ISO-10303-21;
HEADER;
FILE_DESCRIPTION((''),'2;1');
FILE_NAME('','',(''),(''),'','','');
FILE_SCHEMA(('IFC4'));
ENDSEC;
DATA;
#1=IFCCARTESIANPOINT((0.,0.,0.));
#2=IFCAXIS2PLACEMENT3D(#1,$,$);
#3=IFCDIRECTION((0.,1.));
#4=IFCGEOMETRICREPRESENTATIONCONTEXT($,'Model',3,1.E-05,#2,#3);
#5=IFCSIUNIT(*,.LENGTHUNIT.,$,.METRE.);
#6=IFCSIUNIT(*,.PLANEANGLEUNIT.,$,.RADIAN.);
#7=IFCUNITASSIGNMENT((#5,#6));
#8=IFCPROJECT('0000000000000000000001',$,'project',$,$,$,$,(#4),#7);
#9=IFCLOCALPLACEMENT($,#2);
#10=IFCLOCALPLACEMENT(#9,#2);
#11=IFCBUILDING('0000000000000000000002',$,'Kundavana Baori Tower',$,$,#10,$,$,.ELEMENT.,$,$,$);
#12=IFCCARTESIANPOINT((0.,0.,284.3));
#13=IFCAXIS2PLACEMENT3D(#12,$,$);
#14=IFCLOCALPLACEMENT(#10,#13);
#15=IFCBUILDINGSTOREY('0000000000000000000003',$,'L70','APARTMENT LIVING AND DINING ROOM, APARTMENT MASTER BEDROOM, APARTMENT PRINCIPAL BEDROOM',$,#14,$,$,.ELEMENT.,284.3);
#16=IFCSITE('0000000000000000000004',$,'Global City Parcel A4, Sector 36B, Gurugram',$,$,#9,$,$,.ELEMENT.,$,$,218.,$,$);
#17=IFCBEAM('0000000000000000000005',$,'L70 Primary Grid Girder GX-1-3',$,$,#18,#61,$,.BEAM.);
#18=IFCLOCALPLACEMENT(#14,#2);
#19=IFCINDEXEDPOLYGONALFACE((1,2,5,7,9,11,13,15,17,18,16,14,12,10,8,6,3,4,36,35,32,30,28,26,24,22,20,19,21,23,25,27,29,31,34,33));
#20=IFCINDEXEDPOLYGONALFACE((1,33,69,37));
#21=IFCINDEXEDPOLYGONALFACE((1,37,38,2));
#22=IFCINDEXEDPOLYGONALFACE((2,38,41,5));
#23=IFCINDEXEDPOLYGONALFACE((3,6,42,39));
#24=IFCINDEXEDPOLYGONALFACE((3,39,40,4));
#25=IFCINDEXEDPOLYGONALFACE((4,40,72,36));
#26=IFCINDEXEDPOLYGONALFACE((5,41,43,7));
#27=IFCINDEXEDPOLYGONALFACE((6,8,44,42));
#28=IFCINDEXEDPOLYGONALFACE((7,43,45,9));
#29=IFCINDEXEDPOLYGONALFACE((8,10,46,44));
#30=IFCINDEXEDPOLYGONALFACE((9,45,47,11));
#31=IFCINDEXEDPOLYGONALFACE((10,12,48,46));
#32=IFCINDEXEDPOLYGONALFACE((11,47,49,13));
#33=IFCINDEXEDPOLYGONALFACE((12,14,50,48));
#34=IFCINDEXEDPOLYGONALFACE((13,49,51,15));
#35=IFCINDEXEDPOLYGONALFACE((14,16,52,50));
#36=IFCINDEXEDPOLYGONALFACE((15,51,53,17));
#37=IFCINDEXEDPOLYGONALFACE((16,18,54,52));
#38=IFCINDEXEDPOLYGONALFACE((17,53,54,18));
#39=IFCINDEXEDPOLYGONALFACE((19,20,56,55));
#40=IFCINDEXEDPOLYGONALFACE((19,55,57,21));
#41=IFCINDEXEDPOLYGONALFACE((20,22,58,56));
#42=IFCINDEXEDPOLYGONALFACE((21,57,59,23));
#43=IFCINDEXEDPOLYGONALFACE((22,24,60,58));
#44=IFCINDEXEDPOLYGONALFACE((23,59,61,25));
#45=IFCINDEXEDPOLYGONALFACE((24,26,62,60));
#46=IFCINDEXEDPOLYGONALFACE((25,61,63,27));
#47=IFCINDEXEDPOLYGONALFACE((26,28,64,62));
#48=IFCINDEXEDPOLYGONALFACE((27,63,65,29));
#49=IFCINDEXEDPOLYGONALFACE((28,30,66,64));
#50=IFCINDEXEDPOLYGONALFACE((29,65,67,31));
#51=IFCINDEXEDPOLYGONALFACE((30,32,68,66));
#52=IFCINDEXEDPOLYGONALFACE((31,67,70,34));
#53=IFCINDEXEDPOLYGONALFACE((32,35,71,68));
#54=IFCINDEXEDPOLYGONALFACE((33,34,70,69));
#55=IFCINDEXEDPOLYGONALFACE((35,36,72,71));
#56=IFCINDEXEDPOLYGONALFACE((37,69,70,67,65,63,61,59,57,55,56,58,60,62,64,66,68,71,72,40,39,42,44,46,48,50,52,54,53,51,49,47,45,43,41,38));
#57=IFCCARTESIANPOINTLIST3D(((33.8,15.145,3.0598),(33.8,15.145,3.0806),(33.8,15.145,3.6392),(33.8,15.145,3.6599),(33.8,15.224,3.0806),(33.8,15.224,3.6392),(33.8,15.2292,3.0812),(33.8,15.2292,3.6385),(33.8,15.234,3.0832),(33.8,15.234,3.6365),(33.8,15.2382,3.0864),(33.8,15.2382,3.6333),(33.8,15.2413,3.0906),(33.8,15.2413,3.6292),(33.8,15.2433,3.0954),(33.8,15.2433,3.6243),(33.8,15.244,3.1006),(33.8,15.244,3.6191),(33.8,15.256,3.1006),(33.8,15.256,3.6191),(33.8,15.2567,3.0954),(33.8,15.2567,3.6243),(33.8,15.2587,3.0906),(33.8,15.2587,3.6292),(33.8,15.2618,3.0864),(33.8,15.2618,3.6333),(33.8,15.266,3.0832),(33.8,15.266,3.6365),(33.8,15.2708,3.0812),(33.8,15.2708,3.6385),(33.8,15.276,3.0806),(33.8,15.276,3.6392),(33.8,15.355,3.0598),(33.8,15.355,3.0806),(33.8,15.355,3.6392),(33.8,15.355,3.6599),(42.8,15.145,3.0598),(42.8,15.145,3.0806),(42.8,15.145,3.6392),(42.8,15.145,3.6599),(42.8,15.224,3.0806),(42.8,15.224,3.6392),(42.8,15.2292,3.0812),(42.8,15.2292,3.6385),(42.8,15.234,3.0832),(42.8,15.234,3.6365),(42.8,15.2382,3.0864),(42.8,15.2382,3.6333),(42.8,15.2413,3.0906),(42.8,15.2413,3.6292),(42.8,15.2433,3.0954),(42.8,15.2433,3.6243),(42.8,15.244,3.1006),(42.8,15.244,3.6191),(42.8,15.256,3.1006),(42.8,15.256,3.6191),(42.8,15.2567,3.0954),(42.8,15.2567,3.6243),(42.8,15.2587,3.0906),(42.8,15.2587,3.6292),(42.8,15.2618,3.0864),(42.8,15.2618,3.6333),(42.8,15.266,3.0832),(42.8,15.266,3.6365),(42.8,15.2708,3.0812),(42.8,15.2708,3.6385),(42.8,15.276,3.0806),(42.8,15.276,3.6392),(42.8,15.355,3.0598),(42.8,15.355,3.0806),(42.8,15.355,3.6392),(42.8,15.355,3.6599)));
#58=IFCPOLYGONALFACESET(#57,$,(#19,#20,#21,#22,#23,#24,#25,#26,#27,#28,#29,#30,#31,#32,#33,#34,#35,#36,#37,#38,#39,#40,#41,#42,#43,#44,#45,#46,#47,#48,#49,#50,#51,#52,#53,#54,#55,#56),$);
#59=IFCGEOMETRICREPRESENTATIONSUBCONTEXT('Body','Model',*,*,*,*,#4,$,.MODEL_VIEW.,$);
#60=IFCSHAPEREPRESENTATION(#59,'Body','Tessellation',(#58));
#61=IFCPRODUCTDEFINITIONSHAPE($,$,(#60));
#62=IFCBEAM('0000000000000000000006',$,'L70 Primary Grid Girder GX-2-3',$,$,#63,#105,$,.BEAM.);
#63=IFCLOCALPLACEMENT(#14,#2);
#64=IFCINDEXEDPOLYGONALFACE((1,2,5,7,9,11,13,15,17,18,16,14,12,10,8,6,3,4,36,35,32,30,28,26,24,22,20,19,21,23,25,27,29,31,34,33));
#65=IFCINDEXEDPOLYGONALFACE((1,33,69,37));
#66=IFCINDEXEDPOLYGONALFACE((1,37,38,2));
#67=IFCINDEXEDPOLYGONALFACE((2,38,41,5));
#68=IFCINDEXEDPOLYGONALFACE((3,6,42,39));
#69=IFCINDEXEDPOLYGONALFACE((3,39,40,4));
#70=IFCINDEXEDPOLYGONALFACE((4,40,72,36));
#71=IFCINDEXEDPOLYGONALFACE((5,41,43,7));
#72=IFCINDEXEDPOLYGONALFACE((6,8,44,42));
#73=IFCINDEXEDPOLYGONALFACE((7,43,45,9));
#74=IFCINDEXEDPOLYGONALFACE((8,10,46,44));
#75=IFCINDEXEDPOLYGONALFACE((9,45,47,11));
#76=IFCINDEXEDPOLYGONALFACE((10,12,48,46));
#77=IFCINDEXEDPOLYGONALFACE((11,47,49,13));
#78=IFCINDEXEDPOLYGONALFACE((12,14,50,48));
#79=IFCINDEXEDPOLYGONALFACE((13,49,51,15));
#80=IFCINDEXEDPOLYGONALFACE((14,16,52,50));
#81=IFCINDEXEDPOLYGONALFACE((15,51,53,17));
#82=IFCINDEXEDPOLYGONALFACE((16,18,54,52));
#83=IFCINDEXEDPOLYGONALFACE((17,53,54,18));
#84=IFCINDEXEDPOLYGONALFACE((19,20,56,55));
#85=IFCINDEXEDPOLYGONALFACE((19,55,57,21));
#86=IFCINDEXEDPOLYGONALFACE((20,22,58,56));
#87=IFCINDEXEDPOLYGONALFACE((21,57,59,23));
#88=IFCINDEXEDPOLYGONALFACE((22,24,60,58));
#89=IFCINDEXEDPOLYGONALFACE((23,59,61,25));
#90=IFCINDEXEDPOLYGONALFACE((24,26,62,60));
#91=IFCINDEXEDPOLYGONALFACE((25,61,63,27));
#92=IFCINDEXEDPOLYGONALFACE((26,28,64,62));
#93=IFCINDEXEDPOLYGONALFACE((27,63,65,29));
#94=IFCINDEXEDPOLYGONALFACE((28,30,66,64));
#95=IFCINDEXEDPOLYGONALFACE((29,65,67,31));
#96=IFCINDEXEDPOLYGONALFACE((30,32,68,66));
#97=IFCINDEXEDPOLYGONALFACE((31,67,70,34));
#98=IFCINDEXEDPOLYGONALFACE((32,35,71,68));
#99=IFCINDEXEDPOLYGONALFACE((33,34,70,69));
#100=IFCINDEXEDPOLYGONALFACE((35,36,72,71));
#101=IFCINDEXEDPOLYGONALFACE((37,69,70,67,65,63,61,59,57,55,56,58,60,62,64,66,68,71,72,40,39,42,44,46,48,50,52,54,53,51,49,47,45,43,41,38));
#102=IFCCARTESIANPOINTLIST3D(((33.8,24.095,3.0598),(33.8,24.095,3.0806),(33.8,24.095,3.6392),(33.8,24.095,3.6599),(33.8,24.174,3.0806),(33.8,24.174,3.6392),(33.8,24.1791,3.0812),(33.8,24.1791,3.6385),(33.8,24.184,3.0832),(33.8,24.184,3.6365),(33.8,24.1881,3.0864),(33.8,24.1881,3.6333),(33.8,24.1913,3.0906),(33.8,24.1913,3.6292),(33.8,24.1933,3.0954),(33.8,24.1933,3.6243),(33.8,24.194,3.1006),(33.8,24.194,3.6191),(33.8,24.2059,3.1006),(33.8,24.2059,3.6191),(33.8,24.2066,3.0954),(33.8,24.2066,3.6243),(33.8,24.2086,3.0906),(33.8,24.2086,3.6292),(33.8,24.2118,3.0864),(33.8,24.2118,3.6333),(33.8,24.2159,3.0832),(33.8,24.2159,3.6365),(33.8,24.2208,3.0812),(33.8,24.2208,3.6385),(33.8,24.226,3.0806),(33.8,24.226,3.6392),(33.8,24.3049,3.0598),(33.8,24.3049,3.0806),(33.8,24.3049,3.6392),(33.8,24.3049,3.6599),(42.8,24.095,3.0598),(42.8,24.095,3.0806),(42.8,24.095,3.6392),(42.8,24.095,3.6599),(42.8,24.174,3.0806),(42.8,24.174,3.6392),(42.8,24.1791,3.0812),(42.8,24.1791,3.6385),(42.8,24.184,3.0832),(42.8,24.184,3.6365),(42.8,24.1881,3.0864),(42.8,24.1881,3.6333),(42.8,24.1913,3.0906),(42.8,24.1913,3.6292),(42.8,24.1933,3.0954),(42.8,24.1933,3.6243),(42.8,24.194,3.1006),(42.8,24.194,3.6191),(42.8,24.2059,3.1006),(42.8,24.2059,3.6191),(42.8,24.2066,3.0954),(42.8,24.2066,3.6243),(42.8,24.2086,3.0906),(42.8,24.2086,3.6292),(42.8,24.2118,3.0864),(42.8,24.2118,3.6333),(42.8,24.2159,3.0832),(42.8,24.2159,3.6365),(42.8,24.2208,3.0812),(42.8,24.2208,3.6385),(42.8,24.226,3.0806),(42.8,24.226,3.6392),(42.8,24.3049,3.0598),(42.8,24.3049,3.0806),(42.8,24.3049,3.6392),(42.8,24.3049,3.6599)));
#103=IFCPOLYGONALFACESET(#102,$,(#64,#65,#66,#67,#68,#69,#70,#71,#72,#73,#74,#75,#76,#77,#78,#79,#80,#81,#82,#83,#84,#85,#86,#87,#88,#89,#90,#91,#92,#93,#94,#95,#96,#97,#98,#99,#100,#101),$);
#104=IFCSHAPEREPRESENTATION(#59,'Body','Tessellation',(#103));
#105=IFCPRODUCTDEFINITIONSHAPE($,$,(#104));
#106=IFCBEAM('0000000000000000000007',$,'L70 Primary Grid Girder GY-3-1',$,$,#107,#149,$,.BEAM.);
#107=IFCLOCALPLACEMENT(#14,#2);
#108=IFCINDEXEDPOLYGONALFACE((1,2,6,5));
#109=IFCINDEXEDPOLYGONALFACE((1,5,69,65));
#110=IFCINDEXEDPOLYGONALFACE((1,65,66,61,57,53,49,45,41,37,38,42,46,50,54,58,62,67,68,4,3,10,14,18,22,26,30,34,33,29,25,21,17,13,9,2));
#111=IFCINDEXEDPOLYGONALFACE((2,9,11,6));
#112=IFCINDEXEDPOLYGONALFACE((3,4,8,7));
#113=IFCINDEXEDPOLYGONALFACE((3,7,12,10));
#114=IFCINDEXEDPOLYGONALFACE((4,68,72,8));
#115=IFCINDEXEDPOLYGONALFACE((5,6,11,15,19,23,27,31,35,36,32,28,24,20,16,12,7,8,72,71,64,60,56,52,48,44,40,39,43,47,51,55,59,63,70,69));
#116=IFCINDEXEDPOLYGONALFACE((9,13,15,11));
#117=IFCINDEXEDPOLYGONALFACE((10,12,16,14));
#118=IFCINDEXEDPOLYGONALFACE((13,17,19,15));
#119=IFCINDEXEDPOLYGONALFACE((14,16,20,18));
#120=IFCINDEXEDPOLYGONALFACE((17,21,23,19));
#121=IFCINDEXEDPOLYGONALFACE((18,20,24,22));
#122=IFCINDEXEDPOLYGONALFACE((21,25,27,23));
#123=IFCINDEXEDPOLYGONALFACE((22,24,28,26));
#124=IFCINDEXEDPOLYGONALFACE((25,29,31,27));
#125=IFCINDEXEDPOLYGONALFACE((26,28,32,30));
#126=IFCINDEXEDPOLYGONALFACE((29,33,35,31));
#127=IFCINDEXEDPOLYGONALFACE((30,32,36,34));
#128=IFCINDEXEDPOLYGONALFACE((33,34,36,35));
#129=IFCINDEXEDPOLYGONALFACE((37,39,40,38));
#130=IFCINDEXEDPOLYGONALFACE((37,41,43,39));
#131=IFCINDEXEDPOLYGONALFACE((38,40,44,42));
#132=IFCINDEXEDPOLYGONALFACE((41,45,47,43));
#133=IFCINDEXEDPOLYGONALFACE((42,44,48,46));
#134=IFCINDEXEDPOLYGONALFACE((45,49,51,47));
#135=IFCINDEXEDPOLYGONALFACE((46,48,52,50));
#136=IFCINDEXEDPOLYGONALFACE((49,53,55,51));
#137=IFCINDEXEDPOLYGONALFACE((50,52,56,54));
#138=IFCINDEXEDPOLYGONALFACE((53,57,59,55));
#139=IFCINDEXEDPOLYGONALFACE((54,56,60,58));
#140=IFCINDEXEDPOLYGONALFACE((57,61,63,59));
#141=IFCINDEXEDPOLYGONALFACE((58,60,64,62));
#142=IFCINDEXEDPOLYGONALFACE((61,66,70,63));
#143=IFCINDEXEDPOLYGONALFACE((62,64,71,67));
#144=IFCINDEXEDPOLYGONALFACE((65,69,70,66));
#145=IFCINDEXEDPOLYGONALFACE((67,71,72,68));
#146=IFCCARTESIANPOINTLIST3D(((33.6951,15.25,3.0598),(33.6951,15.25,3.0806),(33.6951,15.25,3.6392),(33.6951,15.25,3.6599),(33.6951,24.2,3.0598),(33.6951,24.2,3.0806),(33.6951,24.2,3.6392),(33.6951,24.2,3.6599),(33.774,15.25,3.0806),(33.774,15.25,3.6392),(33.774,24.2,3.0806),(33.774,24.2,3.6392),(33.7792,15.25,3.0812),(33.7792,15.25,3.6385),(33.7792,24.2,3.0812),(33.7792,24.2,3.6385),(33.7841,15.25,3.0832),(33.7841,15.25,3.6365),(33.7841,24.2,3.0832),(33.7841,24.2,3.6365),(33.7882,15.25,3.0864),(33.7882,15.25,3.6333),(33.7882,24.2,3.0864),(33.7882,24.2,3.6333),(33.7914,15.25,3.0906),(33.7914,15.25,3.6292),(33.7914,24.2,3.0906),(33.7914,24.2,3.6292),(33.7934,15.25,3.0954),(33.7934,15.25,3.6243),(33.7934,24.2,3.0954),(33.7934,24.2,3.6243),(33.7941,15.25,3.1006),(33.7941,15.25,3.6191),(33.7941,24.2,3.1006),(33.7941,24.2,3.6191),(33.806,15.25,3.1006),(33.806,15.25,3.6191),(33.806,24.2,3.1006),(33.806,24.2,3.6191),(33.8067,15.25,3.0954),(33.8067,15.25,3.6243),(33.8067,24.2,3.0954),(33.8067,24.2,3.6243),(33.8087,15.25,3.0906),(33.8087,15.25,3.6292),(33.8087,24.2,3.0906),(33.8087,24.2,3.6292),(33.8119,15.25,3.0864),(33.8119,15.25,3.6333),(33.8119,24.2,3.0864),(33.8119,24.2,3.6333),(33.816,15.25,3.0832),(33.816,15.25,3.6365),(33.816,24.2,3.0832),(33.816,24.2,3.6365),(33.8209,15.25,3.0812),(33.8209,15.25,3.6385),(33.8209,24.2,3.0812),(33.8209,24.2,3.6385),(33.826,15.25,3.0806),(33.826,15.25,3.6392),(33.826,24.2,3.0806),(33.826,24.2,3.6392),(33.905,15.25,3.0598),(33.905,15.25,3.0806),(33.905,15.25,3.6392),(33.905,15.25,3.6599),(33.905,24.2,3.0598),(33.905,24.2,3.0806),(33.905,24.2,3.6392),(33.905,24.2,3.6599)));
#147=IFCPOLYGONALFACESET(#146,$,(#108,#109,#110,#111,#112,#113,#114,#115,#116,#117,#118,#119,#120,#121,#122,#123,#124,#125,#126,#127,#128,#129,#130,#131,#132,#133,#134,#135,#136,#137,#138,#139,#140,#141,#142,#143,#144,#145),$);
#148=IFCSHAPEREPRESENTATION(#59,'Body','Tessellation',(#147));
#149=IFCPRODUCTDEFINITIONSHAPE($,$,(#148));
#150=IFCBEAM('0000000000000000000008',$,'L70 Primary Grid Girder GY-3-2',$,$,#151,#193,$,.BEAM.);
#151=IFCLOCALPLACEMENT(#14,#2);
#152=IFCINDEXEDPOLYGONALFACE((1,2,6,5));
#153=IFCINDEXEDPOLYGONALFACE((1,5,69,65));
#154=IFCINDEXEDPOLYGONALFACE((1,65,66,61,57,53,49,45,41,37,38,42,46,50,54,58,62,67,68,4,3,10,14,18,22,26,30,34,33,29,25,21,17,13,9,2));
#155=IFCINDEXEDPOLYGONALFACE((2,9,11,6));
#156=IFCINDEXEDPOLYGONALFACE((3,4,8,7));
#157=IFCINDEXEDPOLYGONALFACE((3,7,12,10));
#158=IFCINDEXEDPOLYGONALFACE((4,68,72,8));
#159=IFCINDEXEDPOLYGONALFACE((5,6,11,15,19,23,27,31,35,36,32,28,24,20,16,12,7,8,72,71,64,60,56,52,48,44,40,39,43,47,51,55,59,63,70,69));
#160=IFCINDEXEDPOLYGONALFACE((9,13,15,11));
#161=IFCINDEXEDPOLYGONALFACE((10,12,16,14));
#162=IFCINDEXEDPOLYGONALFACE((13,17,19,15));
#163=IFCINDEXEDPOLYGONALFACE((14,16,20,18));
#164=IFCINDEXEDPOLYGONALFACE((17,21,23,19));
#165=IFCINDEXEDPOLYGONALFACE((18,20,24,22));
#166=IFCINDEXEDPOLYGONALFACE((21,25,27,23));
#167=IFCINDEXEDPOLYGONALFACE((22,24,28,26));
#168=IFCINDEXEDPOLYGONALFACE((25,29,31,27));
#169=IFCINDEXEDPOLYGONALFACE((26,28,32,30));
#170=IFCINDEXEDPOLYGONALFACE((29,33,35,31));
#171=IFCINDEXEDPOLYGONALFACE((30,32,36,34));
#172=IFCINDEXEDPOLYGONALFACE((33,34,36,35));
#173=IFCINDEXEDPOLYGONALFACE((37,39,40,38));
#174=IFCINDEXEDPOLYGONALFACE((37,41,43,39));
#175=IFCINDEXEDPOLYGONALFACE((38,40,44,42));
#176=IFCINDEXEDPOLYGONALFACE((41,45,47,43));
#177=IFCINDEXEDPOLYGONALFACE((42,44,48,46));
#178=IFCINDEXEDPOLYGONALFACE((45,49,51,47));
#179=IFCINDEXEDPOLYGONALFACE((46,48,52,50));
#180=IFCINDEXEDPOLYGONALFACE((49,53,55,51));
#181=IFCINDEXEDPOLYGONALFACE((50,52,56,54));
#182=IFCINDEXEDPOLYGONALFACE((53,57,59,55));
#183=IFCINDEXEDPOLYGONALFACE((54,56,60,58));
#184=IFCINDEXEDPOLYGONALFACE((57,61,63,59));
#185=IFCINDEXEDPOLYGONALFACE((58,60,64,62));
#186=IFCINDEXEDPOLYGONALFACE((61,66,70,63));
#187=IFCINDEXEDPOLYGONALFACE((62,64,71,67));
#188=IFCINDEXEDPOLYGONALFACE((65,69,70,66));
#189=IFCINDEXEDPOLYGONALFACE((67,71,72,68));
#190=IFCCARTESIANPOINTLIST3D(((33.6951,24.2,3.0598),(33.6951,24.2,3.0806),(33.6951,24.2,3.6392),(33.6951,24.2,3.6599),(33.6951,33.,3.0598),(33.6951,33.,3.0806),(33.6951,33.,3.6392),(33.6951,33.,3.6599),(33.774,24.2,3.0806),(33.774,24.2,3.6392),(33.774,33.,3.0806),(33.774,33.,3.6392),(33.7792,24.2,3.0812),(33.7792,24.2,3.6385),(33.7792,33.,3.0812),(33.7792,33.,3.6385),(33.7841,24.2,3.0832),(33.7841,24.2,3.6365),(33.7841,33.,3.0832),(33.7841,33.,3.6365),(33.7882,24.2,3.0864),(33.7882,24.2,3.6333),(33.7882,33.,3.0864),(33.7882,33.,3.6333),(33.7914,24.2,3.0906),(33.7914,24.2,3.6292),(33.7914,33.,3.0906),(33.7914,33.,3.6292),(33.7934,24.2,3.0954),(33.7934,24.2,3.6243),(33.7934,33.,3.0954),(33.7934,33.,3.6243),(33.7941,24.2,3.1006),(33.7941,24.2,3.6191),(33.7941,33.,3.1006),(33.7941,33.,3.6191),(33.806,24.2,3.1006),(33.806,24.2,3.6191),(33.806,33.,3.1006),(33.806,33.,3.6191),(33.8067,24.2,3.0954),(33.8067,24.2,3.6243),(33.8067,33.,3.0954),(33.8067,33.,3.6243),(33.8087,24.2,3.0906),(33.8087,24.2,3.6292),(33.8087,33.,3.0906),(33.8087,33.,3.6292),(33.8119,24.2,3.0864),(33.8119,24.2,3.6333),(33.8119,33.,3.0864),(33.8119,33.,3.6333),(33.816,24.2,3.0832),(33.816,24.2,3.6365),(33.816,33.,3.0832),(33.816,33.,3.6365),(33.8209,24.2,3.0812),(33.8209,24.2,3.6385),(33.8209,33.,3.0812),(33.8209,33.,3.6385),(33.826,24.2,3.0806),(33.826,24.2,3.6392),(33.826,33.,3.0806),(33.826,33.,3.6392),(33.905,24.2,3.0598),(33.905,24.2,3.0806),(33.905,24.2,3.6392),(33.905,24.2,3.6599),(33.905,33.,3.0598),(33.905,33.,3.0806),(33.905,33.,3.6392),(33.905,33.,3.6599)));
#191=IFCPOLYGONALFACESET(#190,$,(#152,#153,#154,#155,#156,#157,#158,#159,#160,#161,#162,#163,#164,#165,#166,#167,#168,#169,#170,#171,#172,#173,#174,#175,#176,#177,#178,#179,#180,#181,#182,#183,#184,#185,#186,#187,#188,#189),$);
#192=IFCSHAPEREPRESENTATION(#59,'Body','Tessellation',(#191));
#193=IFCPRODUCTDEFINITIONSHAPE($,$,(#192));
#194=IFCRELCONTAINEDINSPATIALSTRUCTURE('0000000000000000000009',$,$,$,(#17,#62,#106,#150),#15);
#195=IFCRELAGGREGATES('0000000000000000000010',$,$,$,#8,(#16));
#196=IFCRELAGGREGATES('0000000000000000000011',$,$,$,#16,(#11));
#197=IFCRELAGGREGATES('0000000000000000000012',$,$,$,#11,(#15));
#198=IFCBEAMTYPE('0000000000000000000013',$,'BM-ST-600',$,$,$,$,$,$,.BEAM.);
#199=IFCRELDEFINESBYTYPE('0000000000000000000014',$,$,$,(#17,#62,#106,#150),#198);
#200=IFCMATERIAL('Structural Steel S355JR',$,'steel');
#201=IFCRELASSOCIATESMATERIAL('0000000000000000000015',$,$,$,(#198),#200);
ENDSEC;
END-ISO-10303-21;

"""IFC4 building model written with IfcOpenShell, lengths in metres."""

from ifc_helpers import new_model, si_unit, direction, frame, origin, origin_2d, place, context, subcontext, project, spatial, i_section, extrude, material, material_profile, profile_set, type_object, element, save


model = new_model("IFC4")

# Units and contexts
model_context = context("Model", 3, precision=1e-05, world=origin(), true_north=direction((0.0, 1.0)))
body_context = subcontext(model_context, "Body", "Model", "MODEL_VIEW")
ifc_project = project(units=[si_unit("LENGTHUNIT", "METRE"), si_unit("PLANEANGLEUNIT", "RADIAN")], contexts=[model_context])

# Site, building, storey
site_placement = place(None, origin())
site = spatial("IfcSite", under=ifc_project, at=site_placement, Name="Global City Parcel A4, Sector 36B, Gurugram", CompositionType="ELEMENT", RefElevation=218.0)
building_placement = place(site_placement, origin())
building = spatial("IfcBuilding", under=site, at=building_placement, Name="Kundavana Baori Tower", CompositionType="ELEMENT")
storey_placement = place(building_placement, frame((0.0, 0.0, 284.3)))
storey = spatial("IfcBuildingStorey", under=building, at=storey_placement, Name="L70", Description="APARTMENT LIVING AND DINING ROOM, APARTMENT MASTER BEDROOM, APARTMENT PRINCIPAL BEDROOM", CompositionType="ELEMENT", Elevation=284.3)

# Beams
ifc_material_1 = material(Name="Structural Steel S355JR", Category="steel")
ifc_material_profile_1 = material_profile(ifc_material_1, i_section(OverallWidth=0.21, OverallDepth=0.6001, WebThickness=0.012, FlangeThickness=0.0208, FilletRadius=0.02, at=origin_2d()), Name="ISMB 600")
ifc_profile_set_1 = profile_set([ifc_material_profile_1], Name="Structural Steel S355JR")
beam_type_1 = type_object("IfcBeamType", Name="BM-ST-600", PredefinedType="BEAM", material=ifc_profile_set_1)
for number, where, z_axis, x_axis, name in (
    (1, (33.8, 15.25, 3.3599), (1.0, 0.0, 0.0), (0.0, 1.0, 0.0), "L70 Primary Grid Girder GX-1-3"),
    (2, (33.8, 24.2, 3.3599), (1.0, 0.0, 0.0), (0.0, 1.0, 0.0), "L70 Primary Grid Girder GX-2-3"),
):
    element("IfcBeam", number, at=place(storey_placement, frame(where, z_axis=z_axis, x_axis=x_axis)), inside=storey, type_object=beam_type_1, Name=name, PredefinedType="BEAM", context=body_context, shape_type="SweptSolid", body=[
        extrude(i_section(OverallWidth=0.21, OverallDepth=0.6001, WebThickness=0.012, FlangeThickness=0.0208, FilletRadius=0.02, at=origin_2d()), origin(), (0.0, 0.0, 1.0), 9.0),
    ])
beam_1_placement = place(storey_placement, frame((33.8, 15.25, 3.3599), z_axis=(0.0, 1.0, 0.0), x_axis=(-1.0, 0.0, 0.0)))
element("IfcBeam", 3, at=beam_1_placement, inside=storey, type_object=beam_type_1, Name="L70 Primary Grid Girder GY-3-1", PredefinedType="BEAM", context=body_context, shape_type="SweptSolid", body=[
    extrude(i_section(OverallWidth=0.21, OverallDepth=0.6001, WebThickness=0.012, FlangeThickness=0.0208, FilletRadius=0.02, at=origin_2d()), origin(), (0.0, 0.0, 1.0), 8.95),
])
beam_2_placement = place(storey_placement, frame((33.8, 24.2, 3.3599), z_axis=(0.0, 1.0, 0.0), x_axis=(-1.0, 0.0, 0.0)))
element("IfcBeam", 4, at=beam_2_placement, inside=storey, type_object=beam_type_1, Name="L70 Primary Grid Girder GY-3-2", PredefinedType="BEAM", context=body_context, shape_type="SweptSolid", body=[
    extrude(i_section(OverallWidth=0.21, OverallDepth=0.6001, WebThickness=0.012, FlangeThickness=0.0208, FilletRadius=0.02, at=origin_2d()), origin(), (0.0, 0.0, 1.0), 8.8),
])

save(model, "model.ifc")
